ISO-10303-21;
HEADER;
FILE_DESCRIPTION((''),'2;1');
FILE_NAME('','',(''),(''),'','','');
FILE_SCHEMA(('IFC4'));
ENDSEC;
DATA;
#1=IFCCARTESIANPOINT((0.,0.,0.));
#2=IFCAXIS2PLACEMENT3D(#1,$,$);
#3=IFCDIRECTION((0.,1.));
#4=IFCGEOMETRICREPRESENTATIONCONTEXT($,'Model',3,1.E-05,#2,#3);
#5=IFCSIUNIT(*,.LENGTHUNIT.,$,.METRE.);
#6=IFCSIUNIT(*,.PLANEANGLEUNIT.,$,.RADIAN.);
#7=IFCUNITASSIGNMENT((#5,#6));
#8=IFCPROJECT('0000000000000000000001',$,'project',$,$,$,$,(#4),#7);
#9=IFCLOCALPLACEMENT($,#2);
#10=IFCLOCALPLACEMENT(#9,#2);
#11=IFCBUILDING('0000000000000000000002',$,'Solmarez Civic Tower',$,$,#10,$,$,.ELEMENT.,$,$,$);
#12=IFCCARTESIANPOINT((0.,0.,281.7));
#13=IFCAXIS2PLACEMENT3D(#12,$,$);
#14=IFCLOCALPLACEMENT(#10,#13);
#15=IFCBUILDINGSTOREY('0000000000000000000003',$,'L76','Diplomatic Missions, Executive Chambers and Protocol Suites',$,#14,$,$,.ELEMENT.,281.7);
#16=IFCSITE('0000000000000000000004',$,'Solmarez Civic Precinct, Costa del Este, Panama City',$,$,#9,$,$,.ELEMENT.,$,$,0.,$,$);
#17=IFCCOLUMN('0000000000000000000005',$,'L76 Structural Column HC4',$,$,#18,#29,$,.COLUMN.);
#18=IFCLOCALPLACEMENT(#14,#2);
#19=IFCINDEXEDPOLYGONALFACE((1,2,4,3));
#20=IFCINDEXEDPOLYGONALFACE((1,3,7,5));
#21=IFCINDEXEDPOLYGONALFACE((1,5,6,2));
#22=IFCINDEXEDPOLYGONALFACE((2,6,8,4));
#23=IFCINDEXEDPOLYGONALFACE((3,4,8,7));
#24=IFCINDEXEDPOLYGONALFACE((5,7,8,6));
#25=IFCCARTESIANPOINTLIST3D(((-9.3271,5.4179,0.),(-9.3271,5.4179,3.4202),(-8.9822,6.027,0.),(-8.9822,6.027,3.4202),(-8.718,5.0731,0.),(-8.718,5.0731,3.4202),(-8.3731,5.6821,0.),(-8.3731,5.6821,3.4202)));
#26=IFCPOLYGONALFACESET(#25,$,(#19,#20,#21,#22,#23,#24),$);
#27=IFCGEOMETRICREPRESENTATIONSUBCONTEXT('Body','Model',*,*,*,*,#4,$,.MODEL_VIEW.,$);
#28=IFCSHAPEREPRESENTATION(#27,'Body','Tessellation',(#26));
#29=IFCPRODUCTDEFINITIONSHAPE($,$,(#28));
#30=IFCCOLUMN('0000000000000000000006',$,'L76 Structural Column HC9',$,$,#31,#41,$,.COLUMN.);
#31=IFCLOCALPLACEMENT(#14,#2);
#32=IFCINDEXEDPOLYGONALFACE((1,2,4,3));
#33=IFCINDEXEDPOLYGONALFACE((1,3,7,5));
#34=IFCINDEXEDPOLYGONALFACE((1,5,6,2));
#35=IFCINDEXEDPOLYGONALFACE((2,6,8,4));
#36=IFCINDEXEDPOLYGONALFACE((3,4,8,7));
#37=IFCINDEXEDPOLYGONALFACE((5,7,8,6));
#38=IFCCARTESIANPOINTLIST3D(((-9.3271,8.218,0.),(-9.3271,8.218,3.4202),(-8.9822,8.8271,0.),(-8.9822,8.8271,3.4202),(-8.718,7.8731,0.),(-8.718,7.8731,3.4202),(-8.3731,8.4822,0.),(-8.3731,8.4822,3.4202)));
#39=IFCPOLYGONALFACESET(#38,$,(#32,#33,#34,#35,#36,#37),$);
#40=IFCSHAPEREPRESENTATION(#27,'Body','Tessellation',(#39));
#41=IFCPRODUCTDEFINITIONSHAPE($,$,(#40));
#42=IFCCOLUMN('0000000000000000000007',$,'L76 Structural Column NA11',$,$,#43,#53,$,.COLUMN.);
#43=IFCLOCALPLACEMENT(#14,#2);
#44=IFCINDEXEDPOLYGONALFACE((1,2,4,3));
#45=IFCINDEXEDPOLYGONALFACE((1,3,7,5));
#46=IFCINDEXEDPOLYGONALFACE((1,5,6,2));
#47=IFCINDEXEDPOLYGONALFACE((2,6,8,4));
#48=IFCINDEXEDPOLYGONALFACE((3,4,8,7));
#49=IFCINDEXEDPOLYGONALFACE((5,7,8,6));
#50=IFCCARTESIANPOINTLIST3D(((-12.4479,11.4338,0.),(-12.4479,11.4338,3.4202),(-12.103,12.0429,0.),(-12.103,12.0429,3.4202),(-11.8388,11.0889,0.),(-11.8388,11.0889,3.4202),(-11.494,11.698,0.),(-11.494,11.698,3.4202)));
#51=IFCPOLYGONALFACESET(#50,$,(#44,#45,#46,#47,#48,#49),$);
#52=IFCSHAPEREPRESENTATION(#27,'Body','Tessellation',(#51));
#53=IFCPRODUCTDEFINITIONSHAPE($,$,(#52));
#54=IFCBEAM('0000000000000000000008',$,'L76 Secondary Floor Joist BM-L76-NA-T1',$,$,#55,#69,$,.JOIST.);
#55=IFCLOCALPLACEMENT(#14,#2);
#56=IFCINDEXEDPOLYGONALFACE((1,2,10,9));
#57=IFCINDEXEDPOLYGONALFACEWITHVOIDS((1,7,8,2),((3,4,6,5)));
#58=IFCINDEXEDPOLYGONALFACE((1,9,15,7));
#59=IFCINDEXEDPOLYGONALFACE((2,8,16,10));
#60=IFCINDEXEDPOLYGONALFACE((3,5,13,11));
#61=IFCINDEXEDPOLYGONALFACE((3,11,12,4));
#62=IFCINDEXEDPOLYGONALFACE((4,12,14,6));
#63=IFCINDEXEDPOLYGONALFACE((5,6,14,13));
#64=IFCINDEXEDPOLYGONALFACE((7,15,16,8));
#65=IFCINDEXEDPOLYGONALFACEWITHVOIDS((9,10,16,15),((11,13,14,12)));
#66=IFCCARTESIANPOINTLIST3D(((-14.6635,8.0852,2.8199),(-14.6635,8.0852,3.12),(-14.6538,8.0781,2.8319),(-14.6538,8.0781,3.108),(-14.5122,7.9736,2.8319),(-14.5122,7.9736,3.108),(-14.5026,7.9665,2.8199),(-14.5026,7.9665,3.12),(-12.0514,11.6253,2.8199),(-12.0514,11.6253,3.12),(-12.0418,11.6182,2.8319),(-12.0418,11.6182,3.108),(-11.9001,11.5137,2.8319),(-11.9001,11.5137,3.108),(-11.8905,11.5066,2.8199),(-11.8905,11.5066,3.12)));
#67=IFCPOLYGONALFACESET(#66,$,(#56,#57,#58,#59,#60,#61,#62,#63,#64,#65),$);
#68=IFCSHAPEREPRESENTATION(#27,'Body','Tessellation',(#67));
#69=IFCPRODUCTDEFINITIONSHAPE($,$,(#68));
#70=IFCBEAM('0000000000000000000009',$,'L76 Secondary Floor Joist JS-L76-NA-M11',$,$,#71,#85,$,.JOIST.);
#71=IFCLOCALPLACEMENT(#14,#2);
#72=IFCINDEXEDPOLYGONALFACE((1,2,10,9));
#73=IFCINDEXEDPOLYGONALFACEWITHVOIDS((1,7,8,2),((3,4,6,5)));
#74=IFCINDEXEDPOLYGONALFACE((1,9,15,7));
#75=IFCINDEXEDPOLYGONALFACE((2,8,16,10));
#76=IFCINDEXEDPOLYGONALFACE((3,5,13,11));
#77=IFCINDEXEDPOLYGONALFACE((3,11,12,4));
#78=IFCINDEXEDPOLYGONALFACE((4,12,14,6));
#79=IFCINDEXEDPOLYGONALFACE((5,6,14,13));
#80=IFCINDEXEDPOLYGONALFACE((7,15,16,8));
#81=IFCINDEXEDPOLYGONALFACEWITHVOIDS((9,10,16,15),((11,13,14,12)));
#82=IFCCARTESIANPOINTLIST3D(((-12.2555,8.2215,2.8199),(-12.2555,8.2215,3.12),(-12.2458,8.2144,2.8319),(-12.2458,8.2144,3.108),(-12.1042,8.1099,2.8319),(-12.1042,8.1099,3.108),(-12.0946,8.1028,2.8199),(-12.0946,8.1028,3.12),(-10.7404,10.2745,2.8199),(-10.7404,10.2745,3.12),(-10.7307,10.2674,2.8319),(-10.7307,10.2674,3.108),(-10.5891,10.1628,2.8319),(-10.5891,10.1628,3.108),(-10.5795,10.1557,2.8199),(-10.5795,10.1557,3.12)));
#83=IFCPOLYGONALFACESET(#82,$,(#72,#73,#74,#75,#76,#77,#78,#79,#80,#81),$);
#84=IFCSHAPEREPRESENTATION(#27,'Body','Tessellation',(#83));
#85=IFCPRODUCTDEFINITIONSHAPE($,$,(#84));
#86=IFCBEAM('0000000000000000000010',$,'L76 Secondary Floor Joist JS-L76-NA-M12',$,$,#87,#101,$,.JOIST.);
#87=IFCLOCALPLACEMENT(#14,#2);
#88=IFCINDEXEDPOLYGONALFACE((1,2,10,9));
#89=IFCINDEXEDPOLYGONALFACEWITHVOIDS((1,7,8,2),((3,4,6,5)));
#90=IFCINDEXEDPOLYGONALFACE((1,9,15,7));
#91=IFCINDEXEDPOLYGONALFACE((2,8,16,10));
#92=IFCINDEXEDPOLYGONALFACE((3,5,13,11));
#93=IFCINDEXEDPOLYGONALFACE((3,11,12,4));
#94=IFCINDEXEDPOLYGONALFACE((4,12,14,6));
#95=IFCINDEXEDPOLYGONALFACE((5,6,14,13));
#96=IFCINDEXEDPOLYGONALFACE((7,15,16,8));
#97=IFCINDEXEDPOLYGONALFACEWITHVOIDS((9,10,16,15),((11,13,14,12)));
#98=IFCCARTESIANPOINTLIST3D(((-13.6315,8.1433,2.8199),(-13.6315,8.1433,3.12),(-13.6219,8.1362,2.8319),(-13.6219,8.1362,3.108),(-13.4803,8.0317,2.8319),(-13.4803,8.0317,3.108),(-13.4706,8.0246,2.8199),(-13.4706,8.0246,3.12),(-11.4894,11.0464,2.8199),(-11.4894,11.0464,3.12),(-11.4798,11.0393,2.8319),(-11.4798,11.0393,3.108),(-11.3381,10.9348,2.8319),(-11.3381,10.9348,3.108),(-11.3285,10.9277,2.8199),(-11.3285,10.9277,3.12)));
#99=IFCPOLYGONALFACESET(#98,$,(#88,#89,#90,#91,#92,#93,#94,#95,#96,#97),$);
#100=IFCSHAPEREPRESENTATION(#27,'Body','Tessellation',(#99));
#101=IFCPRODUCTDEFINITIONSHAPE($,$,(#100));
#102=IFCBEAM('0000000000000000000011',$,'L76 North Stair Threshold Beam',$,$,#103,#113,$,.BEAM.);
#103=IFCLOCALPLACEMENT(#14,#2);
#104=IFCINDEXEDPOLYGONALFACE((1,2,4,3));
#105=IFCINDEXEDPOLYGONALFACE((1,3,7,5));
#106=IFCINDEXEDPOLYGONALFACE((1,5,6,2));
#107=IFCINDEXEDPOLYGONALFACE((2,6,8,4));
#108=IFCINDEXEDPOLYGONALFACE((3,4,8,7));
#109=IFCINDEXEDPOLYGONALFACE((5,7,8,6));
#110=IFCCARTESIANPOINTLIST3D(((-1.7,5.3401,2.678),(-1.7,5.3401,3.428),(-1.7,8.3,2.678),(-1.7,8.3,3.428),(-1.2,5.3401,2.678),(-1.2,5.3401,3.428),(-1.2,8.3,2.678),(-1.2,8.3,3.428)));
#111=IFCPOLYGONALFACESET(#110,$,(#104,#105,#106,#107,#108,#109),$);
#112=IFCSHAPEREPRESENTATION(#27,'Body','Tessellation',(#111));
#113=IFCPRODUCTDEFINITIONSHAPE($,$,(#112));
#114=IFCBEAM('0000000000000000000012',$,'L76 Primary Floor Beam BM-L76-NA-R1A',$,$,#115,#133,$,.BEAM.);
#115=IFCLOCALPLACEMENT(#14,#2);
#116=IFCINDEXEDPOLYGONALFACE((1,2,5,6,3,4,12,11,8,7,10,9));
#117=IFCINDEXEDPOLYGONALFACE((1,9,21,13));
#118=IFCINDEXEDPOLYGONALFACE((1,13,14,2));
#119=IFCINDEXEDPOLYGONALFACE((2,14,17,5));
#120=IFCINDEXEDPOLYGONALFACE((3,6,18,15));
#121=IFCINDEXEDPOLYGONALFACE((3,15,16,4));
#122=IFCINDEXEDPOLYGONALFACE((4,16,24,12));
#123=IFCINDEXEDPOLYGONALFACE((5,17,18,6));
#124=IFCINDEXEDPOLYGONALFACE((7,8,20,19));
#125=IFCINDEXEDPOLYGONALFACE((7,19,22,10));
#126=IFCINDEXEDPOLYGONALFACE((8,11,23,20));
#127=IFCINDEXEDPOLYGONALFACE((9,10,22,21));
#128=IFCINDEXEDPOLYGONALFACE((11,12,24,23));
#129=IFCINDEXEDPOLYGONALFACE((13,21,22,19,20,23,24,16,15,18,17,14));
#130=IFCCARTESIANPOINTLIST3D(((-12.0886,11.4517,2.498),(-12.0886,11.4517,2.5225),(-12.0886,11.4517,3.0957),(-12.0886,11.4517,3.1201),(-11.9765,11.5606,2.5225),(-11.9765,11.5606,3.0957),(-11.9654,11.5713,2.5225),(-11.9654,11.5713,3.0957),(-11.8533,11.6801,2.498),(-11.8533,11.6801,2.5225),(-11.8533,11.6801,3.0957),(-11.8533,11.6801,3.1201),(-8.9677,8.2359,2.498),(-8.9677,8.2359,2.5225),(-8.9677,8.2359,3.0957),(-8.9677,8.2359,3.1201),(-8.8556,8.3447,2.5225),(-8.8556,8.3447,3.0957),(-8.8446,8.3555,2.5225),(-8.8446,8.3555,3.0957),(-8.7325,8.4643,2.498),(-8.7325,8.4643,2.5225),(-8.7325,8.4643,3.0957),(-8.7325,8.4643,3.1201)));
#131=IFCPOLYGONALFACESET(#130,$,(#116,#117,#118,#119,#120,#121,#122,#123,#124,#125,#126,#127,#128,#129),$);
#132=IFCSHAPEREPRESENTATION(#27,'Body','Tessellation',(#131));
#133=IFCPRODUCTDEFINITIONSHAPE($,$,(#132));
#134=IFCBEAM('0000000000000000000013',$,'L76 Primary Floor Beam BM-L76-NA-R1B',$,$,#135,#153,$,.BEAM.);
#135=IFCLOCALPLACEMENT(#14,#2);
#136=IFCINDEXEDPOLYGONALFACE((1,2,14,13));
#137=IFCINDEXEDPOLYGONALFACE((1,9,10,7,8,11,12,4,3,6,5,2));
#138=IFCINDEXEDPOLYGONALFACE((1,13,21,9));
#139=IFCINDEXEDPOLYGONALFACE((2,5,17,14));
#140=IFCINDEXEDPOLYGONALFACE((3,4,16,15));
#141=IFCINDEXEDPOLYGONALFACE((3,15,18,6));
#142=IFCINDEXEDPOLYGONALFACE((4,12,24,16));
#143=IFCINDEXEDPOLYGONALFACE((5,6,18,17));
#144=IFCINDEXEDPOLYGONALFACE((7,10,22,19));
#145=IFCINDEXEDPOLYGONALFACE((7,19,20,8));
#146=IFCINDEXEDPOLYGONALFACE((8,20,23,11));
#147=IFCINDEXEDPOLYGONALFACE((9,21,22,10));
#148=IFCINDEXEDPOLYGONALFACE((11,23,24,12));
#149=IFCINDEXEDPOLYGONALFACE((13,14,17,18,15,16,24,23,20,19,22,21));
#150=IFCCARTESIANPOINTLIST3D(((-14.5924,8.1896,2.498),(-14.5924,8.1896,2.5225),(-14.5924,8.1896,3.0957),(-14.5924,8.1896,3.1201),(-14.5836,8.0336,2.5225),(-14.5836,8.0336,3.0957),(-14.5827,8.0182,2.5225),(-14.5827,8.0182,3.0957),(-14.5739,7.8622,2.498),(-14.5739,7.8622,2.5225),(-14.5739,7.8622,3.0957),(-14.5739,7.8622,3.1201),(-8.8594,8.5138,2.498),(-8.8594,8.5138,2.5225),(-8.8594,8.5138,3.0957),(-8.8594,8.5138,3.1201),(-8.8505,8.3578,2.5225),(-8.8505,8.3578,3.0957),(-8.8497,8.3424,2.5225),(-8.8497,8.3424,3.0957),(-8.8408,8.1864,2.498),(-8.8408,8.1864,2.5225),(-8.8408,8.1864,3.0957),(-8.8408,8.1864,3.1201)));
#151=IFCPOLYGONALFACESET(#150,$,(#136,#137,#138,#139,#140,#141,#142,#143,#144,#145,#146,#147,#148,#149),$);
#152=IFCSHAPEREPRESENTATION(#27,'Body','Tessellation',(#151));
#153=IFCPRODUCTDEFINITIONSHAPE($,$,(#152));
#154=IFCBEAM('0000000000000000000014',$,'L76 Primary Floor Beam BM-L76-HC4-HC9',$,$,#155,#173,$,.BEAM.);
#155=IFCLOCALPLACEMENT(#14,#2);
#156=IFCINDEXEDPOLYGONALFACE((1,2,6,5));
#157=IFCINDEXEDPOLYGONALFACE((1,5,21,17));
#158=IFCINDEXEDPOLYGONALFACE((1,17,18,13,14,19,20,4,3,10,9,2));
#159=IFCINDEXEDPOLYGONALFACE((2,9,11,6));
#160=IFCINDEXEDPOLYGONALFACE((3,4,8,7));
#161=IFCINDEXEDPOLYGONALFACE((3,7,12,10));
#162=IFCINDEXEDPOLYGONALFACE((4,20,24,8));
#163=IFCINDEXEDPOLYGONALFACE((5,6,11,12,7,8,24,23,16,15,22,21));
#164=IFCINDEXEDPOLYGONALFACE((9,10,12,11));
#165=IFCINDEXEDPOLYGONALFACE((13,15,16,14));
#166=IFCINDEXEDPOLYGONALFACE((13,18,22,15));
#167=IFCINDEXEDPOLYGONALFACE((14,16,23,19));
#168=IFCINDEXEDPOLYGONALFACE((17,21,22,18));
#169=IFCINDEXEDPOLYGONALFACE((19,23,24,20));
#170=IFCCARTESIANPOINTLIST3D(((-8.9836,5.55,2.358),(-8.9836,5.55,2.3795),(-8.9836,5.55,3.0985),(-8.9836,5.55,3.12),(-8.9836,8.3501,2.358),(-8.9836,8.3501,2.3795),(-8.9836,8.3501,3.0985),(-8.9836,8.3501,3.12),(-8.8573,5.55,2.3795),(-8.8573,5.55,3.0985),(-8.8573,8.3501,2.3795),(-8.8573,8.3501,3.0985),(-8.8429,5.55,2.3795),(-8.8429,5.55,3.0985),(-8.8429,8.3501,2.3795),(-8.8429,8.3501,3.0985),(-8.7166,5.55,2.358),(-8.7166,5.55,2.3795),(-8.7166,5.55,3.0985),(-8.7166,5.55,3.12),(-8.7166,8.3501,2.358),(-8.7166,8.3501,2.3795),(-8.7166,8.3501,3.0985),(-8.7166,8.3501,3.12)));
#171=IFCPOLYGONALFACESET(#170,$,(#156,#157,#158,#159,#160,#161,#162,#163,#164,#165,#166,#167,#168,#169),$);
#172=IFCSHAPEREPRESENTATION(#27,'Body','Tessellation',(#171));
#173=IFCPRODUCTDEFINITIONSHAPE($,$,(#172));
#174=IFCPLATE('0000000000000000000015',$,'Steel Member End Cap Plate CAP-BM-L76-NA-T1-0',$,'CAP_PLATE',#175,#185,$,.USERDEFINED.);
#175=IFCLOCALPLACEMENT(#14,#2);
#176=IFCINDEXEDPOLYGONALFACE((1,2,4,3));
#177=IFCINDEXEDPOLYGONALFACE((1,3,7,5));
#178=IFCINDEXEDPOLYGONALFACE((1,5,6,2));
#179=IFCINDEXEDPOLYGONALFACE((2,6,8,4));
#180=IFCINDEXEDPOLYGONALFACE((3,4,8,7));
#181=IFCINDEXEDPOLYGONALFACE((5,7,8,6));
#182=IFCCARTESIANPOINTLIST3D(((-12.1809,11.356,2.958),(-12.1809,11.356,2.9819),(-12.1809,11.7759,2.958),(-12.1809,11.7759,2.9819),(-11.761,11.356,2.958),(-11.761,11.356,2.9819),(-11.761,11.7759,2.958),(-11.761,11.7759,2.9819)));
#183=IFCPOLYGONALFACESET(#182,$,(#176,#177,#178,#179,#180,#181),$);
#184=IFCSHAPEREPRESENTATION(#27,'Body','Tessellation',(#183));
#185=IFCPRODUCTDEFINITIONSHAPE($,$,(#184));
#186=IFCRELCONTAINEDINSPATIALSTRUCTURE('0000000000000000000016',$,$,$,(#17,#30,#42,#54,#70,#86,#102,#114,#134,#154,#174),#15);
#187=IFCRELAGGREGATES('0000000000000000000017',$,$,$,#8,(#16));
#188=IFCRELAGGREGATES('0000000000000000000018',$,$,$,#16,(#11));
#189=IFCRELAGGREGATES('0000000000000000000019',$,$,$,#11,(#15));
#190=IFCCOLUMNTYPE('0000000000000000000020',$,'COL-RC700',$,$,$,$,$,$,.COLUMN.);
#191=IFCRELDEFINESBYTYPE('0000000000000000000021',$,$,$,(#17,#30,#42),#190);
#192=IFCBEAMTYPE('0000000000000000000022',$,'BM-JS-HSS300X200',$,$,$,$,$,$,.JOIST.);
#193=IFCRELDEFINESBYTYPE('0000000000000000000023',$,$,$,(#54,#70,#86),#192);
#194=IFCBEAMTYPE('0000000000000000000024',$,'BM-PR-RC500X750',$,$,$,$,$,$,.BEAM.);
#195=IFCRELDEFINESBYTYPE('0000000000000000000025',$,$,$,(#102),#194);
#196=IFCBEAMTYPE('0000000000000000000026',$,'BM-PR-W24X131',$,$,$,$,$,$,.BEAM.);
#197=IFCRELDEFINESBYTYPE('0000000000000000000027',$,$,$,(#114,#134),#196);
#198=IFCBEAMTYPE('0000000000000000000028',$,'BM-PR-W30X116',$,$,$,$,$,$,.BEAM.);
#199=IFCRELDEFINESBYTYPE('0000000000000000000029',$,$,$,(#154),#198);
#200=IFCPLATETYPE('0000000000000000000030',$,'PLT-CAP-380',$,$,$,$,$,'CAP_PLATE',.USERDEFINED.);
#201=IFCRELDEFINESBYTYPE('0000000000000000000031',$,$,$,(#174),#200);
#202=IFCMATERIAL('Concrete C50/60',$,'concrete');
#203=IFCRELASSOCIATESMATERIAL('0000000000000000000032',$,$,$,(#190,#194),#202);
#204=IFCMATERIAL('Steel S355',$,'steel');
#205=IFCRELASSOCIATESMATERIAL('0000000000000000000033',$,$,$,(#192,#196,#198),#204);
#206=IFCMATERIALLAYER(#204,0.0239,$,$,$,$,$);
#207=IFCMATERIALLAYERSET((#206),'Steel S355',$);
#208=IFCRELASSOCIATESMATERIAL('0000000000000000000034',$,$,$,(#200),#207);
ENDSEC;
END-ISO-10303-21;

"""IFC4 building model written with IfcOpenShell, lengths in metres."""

from ifc_helpers import new_model, si_unit, direction, frame, origin, origin_2d, place, context, subcontext, project, spatial, rectangle, hollow_rectangle, i_section, extrude, material, layer, layer_set, material_profile, profile_set, type_object, element, save


model = new_model("IFC4")

# Units and contexts
model_context = context("Model", 3, precision=1e-05, world=origin(), true_north=direction((0.0, 1.0)))
body_context = subcontext(model_context, "Body", "Model", "MODEL_VIEW")
ifc_project = project(units=[si_unit("LENGTHUNIT", "METRE"), si_unit("PLANEANGLEUNIT", "RADIAN")], contexts=[model_context])

# Site, building, storey
site_placement = place(None, origin())
site = spatial("IfcSite", under=ifc_project, at=site_placement, Name="Solmarez Civic Precinct, Costa del Este, Panama City", CompositionType="ELEMENT", RefElevation=0.0)
building_placement = place(site_placement, origin())
building = spatial("IfcBuilding", under=site, at=building_placement, Name="Solmarez Civic Tower", CompositionType="ELEMENT")
storey_placement = place(building_placement, frame((0.0, 0.0, 281.7)))
storey = spatial("IfcBuildingStorey", under=building, at=storey_placement, Name="L76", Description="Diplomatic Missions, Executive Chambers and Protocol Suites", CompositionType="ELEMENT", Elevation=281.7)

# Columns
ifc_material_1 = material(Name="Concrete C50/60", Category="concrete")
ifc_material_profile_1 = material_profile(ifc_material_1, rectangle(XDim=0.7, YDim=0.7, at=origin_2d()), Name="RC700X700")
ifc_profile_set_1 = profile_set([ifc_material_profile_1], Name="Concrete C50/60")
column_type = type_object("IfcColumnType", Name="COL-RC700", PredefinedType="COLUMN", material=ifc_profile_set_1)
for number, where, z_axis, x_axis, name in (
    (1, (-8.8501, 5.55, 0.0), (0.0, 0.0, 1.0), (0.492727, 0.870184, 0.0), "L76 Structural Column HC4"),
    (2, (-8.8501, 8.3501, 0.0), (0.0, 0.0, 1.0), (0.492727, 0.870184, 0.0), "L76 Structural Column HC9"),
    (3, (-11.9709, 11.5659, 0.0), (0.0, 0.0, 1.0), (0.492727, 0.870184, 0.0), "L76 Structural Column NA11"),
):
    element("IfcColumn", number, at=place(storey_placement, frame(where, z_axis=z_axis, x_axis=x_axis)), inside=storey, type_object=column_type, Name=name, PredefinedType="COLUMN", context=body_context, shape_type="SweptSolid", body=[
        extrude(rectangle(XDim=0.7, YDim=0.7, at=origin_2d()), origin(), (0.0, 0.0, 1.0), 3.4202),
    ])

# Beams
ifc_material_2 = material(Name="Steel S355", Category="steel")
ifc_material_profile_2 = material_profile(ifc_material_2, hollow_rectangle(XDim=0.2, YDim=0.3, WallThickness=0.012, at=origin_2d()), Name="HSS300X200X12")
ifc_profile_set_2 = profile_set([ifc_material_profile_2], Name="Steel S355")
beam_type_1 = type_object("IfcBeamType", Name="BM-JS-HSS300X200", PredefinedType="JOIST", material=ifc_profile_set_2)
beam_1_placement = place(storey_placement, frame((-11.9709, 11.5659, 2.97), z_axis=(-0.593731, -0.804664, 0.0), x_axis=(0.804664, -0.593731, 0.0)))
element("IfcBeam", 4, at=beam_1_placement, inside=storey, type_object=beam_type_1, Name="L76 Secondary Floor Joist BM-L76-NA-T1", PredefinedType="JOIST", context=body_context, shape_type="SweptSolid", body=[
    extrude(hollow_rectangle(XDim=0.2, YDim=0.3, WallThickness=0.012, at=origin_2d()), origin(), (0.0, 0.0, 1.0), 4.3994),
])
beam_2_placement = place(storey_placement, frame((-10.6599, 10.2151, 2.97), z_axis=(-0.593812, -0.804603, 0.0), x_axis=(0.804603, -0.593812, 0.0)))
element("IfcBeam", 5, at=beam_2_placement, inside=storey, type_object=beam_type_1, Name="L76 Secondary Floor Joist JS-L76-NA-M11", PredefinedType="JOIST", context=body_context, shape_type="SweptSolid", body=[
    extrude(hollow_rectangle(XDim=0.2, YDim=0.3, WallThickness=0.012, at=origin_2d()), origin(), (0.0, 0.0, 1.0), 2.5515),
])
beam_3_placement = place(storey_placement, frame((-11.4089, 10.9871, 2.97), z_axis=(-0.593734, -0.804661, 0.0), x_axis=(0.804661, -0.593734, 0.0)))
element("IfcBeam", 6, at=beam_3_placement, inside=storey, type_object=beam_type_1, Name="L76 Secondary Floor Joist JS-L76-NA-M12", PredefinedType="JOIST", context=body_context, shape_type="SweptSolid", body=[
    extrude(hollow_rectangle(XDim=0.2, YDim=0.3, WallThickness=0.012, at=origin_2d()), origin(), (0.0, 0.0, 1.0), 3.6079),
])
ifc_material_profile_3 = material_profile(ifc_material_1, rectangle(XDim=0.5, YDim=0.75, at=origin_2d()), Name="RC500X750")
ifc_profile_set_3 = profile_set([ifc_material_profile_3], Name="Concrete C50/60")
beam_type_2 = type_object("IfcBeamType", Name="BM-PR-RC500X750", PredefinedType="BEAM", material=ifc_profile_set_3)
beam_4_placement = place(storey_placement, frame((-1.45, 5.3401, 3.053), z_axis=(0.0, 1.0, 0.0), x_axis=(-1.0, 0.0, 0.0)))
element("IfcBeam", 7, at=beam_4_placement, inside=storey, type_object=beam_type_2, Name="L76 North Stair Threshold Beam", PredefinedType="BEAM", context=body_context, shape_type="SweptSolid", body=[
    extrude(rectangle(XDim=0.5, YDim=0.75, at=origin_2d()), origin(), (0.0, 0.0, 1.0), 2.96),
])
ifc_material_profile_4 = material_profile(ifc_material_2, i_section(OverallWidth=0.3279, OverallDepth=0.6221, WebThickness=0.0154, FlangeThickness=0.0244, at=origin_2d()), Name="W24X131")
ifc_profile_set_4 = profile_set([ifc_material_profile_4], Name="Steel S355")
beam_type_3 = type_object("IfcBeamType", Name="BM-PR-W24X131", PredefinedType="BEAM", material=ifc_profile_set_4)
beam_5_placement = place(storey_placement, frame((-8.8501, 8.3501, 2.8091), z_axis=(-0.696431, 0.717624, 0.0), x_axis=(-0.717624, -0.696431, 0.0)))
element("IfcBeam", 8, at=beam_5_placement, inside=storey, type_object=beam_type_3, Name="L76 Primary Floor Beam BM-L76-NA-R1A", PredefinedType="BEAM", context=body_context, shape_type="SweptSolid", body=[
    extrude(i_section(OverallWidth=0.3279, OverallDepth=0.6221, WebThickness=0.0154, FlangeThickness=0.0244, at=origin_2d()), origin(), (0.0, 0.0, 1.0), 4.4812),
])
beam_6_placement = place(storey_placement, frame((-8.8501, 8.3501, 2.8091), z_axis=(-0.998405, -0.056464, 0.0), x_axis=(0.056464, -0.998405, 0.0)))
element("IfcBeam", 9, at=beam_6_placement, inside=storey, type_object=beam_type_3, Name="L76 Primary Floor Beam BM-L76-NA-R1B", PredefinedType="BEAM", context=body_context, shape_type="SweptSolid", body=[
    extrude(i_section(OverallWidth=0.3279, OverallDepth=0.6221, WebThickness=0.0154, FlangeThickness=0.0244, at=origin_2d()), origin(), (0.0, 0.0, 1.0), 5.7422),
])
ifc_material_profile_5 = material_profile(ifc_material_2, i_section(OverallWidth=0.2671, OverallDepth=0.762, WebThickness=0.0144, FlangeThickness=0.0215, at=origin_2d()), Name="W30X116")
ifc_profile_set_5 = profile_set([ifc_material_profile_5], Name="Steel S355")
beam_type_4 = type_object("IfcBeamType", Name="BM-PR-W30X116", PredefinedType="BEAM", material=ifc_profile_set_5)
beam_7_placement = place(storey_placement, frame((-8.8501, 5.55, 2.739), z_axis=(0.0, 1.0, 0.0), x_axis=(-1.0, 0.0, 0.0)))
element("IfcBeam", 10, at=beam_7_placement, inside=storey, type_object=beam_type_4, Name="L76 Primary Floor Beam BM-L76-HC4-HC9", PredefinedType="BEAM", context=body_context, shape_type="SweptSolid", body=[
    extrude(i_section(OverallWidth=0.2671, OverallDepth=0.762, WebThickness=0.0144, FlangeThickness=0.0215, at=origin_2d()), origin(), (0.0, 0.0, 1.0), 2.8),
])

# Plate
ifc_layer_1 = layer(ifc_material_2, 0.0239)
ifc_layer_set_1 = layer_set([ifc_layer_1], Name="Steel S355")
plate_type = type_object("IfcPlateType", Name="PLT-CAP-380", ElementType="CAP_PLATE", PredefinedType="USERDEFINED", material=ifc_layer_set_1)
for number, where, z_axis, x_axis, name in (
    (11, (-11.9709, 11.5659, 2.958), (0.0, 0.0, 1.0), (1.0, 0.0, 0.0), "Steel Member End Cap Plate CAP-BM-L76-NA-T1-0"),
):
    element("IfcPlate", number, at=place(storey_placement, frame(where, z_axis=z_axis, x_axis=x_axis)), inside=storey, type_object=plate_type, Name=name, ObjectType="CAP_PLATE", PredefinedType="USERDEFINED", context=body_context, shape_type="SweptSolid", body=[
        extrude(rectangle(XDim=0.4199, YDim=0.4199, at=origin_2d()), origin(), (0.0, 0.0, 1.0), 0.0239),
    ])

save(model, "model.ifc")
